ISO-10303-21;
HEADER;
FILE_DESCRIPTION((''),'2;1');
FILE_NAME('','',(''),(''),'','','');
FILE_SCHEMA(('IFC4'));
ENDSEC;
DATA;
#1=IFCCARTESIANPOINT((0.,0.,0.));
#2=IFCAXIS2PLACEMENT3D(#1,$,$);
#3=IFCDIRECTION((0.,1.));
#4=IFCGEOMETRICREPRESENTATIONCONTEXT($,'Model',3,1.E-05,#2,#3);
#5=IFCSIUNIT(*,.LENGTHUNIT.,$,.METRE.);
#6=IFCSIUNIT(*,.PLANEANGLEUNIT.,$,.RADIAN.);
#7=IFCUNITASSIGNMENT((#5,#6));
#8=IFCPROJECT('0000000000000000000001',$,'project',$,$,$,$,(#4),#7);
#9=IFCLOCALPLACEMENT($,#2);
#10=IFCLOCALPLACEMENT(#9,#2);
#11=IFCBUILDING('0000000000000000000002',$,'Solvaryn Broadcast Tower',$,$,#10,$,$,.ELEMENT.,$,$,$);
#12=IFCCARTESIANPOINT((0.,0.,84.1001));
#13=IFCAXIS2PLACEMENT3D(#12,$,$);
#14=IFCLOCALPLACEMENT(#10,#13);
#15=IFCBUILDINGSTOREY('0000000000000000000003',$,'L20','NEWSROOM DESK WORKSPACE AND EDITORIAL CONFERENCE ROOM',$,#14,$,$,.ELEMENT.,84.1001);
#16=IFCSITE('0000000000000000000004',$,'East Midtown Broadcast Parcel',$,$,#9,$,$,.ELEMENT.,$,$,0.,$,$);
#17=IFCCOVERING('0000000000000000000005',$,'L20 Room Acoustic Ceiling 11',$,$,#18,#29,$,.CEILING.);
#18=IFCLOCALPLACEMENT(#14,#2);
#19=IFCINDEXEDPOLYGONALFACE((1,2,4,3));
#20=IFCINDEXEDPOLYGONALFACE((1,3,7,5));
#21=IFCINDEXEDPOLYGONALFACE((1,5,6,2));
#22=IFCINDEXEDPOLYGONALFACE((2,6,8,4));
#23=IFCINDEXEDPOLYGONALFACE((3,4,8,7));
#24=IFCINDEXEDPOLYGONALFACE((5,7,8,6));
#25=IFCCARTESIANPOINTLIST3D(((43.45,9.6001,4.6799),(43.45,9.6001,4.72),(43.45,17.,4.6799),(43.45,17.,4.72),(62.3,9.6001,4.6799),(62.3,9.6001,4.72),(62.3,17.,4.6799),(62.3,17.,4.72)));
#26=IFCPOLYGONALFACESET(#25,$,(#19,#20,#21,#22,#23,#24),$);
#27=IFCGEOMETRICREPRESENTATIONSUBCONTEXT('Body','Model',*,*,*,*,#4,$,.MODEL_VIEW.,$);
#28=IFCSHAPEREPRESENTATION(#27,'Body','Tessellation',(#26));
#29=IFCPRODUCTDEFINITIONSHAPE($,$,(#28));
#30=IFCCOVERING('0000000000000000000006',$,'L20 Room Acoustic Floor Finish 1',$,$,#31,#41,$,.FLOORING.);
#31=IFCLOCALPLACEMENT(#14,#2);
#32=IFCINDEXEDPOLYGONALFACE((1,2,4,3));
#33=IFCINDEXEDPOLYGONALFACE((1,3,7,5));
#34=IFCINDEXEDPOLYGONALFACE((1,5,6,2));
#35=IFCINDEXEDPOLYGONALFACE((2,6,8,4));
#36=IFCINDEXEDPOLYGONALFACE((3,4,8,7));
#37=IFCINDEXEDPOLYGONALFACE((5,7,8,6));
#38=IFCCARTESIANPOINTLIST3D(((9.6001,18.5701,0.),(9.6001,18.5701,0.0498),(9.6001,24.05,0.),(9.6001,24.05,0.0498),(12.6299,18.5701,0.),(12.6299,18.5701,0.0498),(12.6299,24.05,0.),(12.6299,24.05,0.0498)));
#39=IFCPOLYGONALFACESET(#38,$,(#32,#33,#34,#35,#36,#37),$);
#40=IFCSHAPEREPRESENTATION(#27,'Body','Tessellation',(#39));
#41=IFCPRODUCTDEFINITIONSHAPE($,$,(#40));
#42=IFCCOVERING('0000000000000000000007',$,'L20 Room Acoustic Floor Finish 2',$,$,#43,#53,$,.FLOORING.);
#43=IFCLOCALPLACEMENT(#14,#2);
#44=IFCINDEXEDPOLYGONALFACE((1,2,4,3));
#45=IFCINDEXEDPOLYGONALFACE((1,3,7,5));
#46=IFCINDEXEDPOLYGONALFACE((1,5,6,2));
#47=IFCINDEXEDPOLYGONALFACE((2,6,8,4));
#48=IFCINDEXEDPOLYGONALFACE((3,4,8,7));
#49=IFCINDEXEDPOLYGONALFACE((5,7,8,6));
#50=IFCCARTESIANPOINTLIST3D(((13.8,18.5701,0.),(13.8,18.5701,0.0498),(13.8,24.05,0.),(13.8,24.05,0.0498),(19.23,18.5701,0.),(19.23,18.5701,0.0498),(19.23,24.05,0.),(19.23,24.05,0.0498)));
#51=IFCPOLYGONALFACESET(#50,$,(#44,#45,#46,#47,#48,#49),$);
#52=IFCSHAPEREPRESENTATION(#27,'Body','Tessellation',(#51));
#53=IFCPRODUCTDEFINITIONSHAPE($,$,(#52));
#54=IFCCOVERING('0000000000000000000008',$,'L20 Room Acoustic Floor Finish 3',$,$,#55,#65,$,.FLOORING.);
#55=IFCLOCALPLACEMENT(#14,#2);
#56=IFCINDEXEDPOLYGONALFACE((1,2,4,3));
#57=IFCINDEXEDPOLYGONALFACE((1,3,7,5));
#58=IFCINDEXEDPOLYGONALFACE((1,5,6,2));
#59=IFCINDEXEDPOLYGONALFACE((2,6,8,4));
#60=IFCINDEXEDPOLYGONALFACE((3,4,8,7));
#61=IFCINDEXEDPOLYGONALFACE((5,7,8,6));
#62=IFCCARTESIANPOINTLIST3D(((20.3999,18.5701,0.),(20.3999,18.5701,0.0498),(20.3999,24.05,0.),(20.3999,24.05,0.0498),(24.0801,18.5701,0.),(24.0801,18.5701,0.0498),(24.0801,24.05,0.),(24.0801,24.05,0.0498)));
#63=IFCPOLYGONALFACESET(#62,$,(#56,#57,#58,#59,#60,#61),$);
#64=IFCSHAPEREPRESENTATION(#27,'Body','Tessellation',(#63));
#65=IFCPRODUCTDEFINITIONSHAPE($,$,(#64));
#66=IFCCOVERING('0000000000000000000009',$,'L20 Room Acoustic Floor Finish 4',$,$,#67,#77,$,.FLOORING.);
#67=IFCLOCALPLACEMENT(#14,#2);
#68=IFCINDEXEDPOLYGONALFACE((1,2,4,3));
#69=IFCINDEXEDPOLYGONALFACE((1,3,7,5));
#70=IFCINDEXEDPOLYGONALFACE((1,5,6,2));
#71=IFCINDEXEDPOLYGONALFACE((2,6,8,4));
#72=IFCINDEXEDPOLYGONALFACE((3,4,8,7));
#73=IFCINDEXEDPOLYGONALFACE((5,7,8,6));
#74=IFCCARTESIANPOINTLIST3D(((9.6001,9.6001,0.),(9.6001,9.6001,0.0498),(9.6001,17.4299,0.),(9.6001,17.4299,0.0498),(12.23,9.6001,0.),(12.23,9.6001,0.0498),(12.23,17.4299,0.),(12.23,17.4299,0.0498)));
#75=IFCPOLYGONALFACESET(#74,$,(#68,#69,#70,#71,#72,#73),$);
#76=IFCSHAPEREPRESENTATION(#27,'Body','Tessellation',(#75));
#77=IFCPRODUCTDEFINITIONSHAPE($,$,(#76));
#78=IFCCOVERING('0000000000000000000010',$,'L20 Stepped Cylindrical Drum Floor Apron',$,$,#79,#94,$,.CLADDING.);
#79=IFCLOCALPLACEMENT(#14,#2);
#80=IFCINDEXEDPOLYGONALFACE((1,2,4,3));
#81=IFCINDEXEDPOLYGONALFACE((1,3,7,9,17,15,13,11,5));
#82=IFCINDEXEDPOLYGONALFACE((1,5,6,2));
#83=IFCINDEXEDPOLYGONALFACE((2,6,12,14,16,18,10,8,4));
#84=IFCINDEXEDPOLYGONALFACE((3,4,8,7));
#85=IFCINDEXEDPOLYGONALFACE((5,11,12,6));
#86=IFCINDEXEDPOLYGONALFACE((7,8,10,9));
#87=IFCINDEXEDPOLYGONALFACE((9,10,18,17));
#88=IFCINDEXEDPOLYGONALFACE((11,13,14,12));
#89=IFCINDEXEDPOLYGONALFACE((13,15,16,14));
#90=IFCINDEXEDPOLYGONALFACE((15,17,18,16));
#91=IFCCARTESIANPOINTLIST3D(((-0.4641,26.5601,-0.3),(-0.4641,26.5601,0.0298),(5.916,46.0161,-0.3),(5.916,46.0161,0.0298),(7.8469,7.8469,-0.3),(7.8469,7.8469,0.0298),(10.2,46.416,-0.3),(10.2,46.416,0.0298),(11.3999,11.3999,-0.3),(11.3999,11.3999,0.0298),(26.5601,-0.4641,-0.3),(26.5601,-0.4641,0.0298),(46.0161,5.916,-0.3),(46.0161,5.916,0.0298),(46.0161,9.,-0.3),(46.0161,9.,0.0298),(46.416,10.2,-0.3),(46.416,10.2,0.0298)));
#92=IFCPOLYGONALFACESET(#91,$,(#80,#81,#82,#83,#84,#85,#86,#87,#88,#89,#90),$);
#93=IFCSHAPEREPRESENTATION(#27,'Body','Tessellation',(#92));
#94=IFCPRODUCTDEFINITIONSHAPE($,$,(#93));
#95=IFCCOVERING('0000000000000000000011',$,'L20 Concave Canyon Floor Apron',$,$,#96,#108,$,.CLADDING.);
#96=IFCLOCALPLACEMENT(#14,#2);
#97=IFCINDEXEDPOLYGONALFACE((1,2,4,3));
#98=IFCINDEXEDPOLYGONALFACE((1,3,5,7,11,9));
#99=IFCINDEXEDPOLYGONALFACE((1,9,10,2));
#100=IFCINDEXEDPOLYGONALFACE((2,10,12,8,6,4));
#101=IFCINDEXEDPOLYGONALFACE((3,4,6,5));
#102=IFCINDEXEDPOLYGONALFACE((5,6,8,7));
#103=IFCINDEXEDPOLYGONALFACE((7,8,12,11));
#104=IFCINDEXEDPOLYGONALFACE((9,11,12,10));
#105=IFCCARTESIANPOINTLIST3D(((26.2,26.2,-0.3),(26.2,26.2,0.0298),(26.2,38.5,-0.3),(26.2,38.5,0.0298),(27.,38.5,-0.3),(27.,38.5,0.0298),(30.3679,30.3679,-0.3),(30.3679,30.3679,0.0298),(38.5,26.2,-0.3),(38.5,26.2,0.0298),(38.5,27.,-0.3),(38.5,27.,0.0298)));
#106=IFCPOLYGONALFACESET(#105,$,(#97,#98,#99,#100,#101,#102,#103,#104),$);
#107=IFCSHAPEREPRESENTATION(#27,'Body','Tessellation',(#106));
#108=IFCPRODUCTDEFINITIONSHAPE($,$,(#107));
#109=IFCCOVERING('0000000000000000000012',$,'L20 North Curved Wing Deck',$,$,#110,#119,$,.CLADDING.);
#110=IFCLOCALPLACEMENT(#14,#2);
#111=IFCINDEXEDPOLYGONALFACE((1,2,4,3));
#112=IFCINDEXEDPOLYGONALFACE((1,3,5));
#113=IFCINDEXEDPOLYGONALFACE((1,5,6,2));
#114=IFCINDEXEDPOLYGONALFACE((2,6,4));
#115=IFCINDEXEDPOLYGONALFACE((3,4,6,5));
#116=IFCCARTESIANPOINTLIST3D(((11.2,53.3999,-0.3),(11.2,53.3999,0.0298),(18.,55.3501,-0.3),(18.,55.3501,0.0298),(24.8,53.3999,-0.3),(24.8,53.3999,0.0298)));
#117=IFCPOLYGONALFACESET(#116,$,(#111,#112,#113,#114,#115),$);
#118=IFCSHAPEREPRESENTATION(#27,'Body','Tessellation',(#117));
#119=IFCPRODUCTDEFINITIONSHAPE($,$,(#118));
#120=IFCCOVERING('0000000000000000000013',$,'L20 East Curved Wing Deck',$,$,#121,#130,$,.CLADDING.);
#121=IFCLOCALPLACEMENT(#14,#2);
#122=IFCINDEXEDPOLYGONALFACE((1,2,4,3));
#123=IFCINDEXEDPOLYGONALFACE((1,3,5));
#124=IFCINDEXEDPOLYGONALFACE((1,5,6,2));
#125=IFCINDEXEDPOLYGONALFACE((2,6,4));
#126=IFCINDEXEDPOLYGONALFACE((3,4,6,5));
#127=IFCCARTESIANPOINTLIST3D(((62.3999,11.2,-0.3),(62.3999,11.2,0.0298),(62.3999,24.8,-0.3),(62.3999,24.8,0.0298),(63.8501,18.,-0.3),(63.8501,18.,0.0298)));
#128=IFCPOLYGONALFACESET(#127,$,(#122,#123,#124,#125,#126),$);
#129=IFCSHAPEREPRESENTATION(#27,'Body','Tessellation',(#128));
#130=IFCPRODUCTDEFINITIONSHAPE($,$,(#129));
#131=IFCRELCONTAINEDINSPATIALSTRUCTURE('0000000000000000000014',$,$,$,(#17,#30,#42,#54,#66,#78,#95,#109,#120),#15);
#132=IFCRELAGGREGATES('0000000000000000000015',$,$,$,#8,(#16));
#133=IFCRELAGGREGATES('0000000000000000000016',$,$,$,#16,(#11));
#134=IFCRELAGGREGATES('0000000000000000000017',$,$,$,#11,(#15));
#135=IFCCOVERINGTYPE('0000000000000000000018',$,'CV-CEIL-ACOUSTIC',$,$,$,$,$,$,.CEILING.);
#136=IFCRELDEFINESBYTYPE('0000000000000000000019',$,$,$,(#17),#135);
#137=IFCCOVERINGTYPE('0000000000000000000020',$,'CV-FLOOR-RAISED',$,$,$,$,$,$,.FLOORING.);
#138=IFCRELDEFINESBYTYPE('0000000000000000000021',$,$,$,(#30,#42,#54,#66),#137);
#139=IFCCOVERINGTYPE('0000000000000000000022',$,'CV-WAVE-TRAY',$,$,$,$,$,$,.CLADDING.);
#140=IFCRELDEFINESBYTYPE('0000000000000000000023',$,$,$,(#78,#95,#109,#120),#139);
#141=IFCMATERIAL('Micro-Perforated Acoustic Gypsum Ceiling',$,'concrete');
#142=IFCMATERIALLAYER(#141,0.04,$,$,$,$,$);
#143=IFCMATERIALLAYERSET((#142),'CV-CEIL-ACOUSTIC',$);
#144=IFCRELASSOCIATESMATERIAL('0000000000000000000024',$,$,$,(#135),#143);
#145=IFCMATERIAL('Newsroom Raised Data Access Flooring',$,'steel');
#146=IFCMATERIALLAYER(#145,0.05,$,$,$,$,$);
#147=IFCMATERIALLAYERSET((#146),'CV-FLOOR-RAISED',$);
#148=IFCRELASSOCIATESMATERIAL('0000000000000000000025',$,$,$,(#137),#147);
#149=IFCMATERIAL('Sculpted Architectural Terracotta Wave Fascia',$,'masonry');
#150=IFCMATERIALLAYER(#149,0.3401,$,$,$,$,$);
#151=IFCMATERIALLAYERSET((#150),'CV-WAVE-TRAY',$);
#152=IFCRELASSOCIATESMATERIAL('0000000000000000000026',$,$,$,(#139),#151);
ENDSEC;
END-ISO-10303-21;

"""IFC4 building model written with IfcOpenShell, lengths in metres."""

from ifc_helpers import new_model, si_unit, direction, frame, origin, place, context, subcontext, project, spatial, polyline, outline, extrude, material, layer, layer_set, type_object, element, save


model = new_model("IFC4")

# Units and contexts
model_context = context("Model", 3, precision=1e-05, world=origin(), true_north=direction((0.0, 1.0)))
body_context = subcontext(model_context, "Body", "Model", "MODEL_VIEW")
ifc_project = project(units=[si_unit("LENGTHUNIT", "METRE"), si_unit("PLANEANGLEUNIT", "RADIAN")], contexts=[model_context])

# Site, building, storey
site_placement = place(None, origin())
site = spatial("IfcSite", under=ifc_project, at=site_placement, Name="East Midtown Broadcast Parcel", CompositionType="ELEMENT", RefElevation=0.0)
building_placement = place(site_placement, origin())
building = spatial("IfcBuilding", under=site, at=building_placement, Name="Solvaryn Broadcast Tower", CompositionType="ELEMENT")
storey_placement = place(building_placement, frame((0.0, 0.0, 84.1001)))
storey = spatial("IfcBuildingStorey", under=building, at=storey_placement, Name="L20", Description="NEWSROOM DESK WORKSPACE AND EDITORIAL CONFERENCE ROOM", CompositionType="ELEMENT", Elevation=84.1001)

# Coverings
ifc_material_1 = material(Name="Micro-Perforated Acoustic Gypsum Ceiling", Category="concrete")
ifc_layer_1 = layer(ifc_material_1, 0.04)
ifc_layer_set_1 = layer_set([ifc_layer_1], Name="CV-CEIL-ACOUSTIC")
covering_type_1 = type_object("IfcCoveringType", Name="CV-CEIL-ACOUSTIC", PredefinedType="CEILING", material=ifc_layer_set_1)
covering_1_placement = place(storey_placement, frame((0.0, 0.0, 4.6799)))
element("IfcCovering", 1, at=covering_1_placement, inside=storey, type_object=covering_type_1, Name="L20 Room Acoustic Ceiling 11", PredefinedType="CEILING", context=body_context, shape_type="SweptSolid", body=[
    extrude(outline(polyline([(43.45, 9.6001), (62.3, 9.6001), (62.3, 17.0), (43.45, 17.0), (43.45, 9.6001)])), origin(), (0.0, 0.0, 1.0), 0.04),
])
ifc_material_2 = material(Name="Newsroom Raised Data Access Flooring", Category="steel")
ifc_layer_2 = layer(ifc_material_2, 0.05)
ifc_layer_set_2 = layer_set([ifc_layer_2], Name="CV-FLOOR-RAISED")
covering_type_2 = type_object("IfcCoveringType", Name="CV-FLOOR-RAISED", PredefinedType="FLOORING", material=ifc_layer_set_2)
covering_2_placement = place(storey_placement, origin())
element("IfcCovering", 2, at=covering_2_placement, inside=storey, type_object=covering_type_2, Name="L20 Room Acoustic Floor Finish 1", PredefinedType="FLOORING", context=body_context, shape_type="SweptSolid", body=[
    extrude(outline(polyline([(9.6001, 18.5701), (12.6299, 18.5701), (12.6299, 24.05), (9.6001, 24.05), (9.6001, 18.5701)])), origin(), (0.0, 0.0, 1.0), 0.0498),
])
covering_3_placement = place(storey_placement, origin())
element("IfcCovering", 3, at=covering_3_placement, inside=storey, type_object=covering_type_2, Name="L20 Room Acoustic Floor Finish 2", PredefinedType="FLOORING", context=body_context, shape_type="SweptSolid", body=[
    extrude(outline(polyline([(13.8, 18.5701), (19.23, 18.5701), (19.23, 24.05), (13.8, 24.05), (13.8, 18.5701)])), origin(), (0.0, 0.0, 1.0), 0.0498),
])
covering_4_placement = place(storey_placement, origin())
element("IfcCovering", 4, at=covering_4_placement, inside=storey, type_object=covering_type_2, Name="L20 Room Acoustic Floor Finish 3", PredefinedType="FLOORING", context=body_context, shape_type="SweptSolid", body=[
    extrude(outline(polyline([(20.3999, 18.5701), (24.0801, 18.5701), (24.0801, 24.05), (20.3999, 24.05), (20.3999, 18.5701)])), origin(), (0.0, 0.0, 1.0), 0.0498),
])
covering_5_placement = place(storey_placement, origin())
element("IfcCovering", 5, at=covering_5_placement, inside=storey, type_object=covering_type_2, Name="L20 Room Acoustic Floor Finish 4", PredefinedType="FLOORING", context=body_context, shape_type="SweptSolid", body=[
    extrude(outline(polyline([(9.6001, 9.6001), (12.23, 9.6001), (12.23, 17.4299), (9.6001, 17.4299), (9.6001, 9.6001)])), origin(), (0.0, 0.0, 1.0), 0.0498),
])
ifc_material_3 = material(Name="Sculpted Architectural Terracotta Wave Fascia", Category="masonry")
ifc_layer_3 = layer(ifc_material_3, 0.3401)
ifc_layer_set_3 = layer_set([ifc_layer_3], Name="CV-WAVE-TRAY")
covering_type_3 = type_object("IfcCoveringType", Name="CV-WAVE-TRAY", PredefinedType="CLADDING", material=ifc_layer_set_3)
covering_6_placement = place(storey_placement, frame((0.0, 0.0, -0.3)))
element("IfcCovering", 6, at=covering_6_placement, inside=storey, type_object=covering_type_3, Name="L20 Stepped Cylindrical Drum Floor Apron", PredefinedType="CLADDING", context=body_context, shape_type="SweptSolid", body=[
    extrude(outline(polyline([(10.2, 46.416), (5.916, 46.0161), (-0.4641, 26.5601), (7.8469, 7.8469), (26.5601, -0.4641), (46.0161, 5.916), (46.0161, 9.0), (46.416, 10.2), (11.3999, 11.3999), (10.2, 46.416)])), origin(), (0.0, 0.0, 1.0), 0.3298),
])
covering_7_placement = place(storey_placement, frame((0.0, 0.0, -0.3)))
element("IfcCovering", 7, at=covering_7_placement, inside=storey, type_object=covering_type_3, Name="L20 Concave Canyon Floor Apron", PredefinedType="CLADDING", context=body_context, shape_type="SweptSolid", body=[
    extrude(outline(polyline([(26.2, 26.2), (38.5, 26.2), (38.5, 27.0), (30.3679, 30.3679), (27.0, 38.5), (26.2, 38.5), (26.2, 26.2)])), origin(), (0.0, 0.0, 1.0), 0.3298),
])
covering_8_placement = place(storey_placement, frame((0.0, 0.0, -0.3)))
element("IfcCovering", 8, at=covering_8_placement, inside=storey, type_object=covering_type_3, Name="L20 North Curved Wing Deck", PredefinedType="CLADDING", context=body_context, shape_type="SweptSolid", body=[
    extrude(outline(polyline([(11.2, 53.3999), (24.8, 53.3999), (18.0, 55.3501), (11.2, 53.3999)])), origin(), (0.0, 0.0, 1.0), 0.3298),
])
covering_9_placement = place(storey_placement, frame((0.0, 0.0, -0.3)))
element("IfcCovering", 9, at=covering_9_placement, inside=storey, type_object=covering_type_3, Name="L20 East Curved Wing Deck", PredefinedType="CLADDING", context=body_context, shape_type="SweptSolid", body=[
    extrude(outline(polyline([(62.3999, 11.2), (63.8501, 18.0), (62.3999, 24.8), (62.3999, 11.2)])), origin(), (0.0, 0.0, 1.0), 0.3298),
])

save(model, "model.ifc")
